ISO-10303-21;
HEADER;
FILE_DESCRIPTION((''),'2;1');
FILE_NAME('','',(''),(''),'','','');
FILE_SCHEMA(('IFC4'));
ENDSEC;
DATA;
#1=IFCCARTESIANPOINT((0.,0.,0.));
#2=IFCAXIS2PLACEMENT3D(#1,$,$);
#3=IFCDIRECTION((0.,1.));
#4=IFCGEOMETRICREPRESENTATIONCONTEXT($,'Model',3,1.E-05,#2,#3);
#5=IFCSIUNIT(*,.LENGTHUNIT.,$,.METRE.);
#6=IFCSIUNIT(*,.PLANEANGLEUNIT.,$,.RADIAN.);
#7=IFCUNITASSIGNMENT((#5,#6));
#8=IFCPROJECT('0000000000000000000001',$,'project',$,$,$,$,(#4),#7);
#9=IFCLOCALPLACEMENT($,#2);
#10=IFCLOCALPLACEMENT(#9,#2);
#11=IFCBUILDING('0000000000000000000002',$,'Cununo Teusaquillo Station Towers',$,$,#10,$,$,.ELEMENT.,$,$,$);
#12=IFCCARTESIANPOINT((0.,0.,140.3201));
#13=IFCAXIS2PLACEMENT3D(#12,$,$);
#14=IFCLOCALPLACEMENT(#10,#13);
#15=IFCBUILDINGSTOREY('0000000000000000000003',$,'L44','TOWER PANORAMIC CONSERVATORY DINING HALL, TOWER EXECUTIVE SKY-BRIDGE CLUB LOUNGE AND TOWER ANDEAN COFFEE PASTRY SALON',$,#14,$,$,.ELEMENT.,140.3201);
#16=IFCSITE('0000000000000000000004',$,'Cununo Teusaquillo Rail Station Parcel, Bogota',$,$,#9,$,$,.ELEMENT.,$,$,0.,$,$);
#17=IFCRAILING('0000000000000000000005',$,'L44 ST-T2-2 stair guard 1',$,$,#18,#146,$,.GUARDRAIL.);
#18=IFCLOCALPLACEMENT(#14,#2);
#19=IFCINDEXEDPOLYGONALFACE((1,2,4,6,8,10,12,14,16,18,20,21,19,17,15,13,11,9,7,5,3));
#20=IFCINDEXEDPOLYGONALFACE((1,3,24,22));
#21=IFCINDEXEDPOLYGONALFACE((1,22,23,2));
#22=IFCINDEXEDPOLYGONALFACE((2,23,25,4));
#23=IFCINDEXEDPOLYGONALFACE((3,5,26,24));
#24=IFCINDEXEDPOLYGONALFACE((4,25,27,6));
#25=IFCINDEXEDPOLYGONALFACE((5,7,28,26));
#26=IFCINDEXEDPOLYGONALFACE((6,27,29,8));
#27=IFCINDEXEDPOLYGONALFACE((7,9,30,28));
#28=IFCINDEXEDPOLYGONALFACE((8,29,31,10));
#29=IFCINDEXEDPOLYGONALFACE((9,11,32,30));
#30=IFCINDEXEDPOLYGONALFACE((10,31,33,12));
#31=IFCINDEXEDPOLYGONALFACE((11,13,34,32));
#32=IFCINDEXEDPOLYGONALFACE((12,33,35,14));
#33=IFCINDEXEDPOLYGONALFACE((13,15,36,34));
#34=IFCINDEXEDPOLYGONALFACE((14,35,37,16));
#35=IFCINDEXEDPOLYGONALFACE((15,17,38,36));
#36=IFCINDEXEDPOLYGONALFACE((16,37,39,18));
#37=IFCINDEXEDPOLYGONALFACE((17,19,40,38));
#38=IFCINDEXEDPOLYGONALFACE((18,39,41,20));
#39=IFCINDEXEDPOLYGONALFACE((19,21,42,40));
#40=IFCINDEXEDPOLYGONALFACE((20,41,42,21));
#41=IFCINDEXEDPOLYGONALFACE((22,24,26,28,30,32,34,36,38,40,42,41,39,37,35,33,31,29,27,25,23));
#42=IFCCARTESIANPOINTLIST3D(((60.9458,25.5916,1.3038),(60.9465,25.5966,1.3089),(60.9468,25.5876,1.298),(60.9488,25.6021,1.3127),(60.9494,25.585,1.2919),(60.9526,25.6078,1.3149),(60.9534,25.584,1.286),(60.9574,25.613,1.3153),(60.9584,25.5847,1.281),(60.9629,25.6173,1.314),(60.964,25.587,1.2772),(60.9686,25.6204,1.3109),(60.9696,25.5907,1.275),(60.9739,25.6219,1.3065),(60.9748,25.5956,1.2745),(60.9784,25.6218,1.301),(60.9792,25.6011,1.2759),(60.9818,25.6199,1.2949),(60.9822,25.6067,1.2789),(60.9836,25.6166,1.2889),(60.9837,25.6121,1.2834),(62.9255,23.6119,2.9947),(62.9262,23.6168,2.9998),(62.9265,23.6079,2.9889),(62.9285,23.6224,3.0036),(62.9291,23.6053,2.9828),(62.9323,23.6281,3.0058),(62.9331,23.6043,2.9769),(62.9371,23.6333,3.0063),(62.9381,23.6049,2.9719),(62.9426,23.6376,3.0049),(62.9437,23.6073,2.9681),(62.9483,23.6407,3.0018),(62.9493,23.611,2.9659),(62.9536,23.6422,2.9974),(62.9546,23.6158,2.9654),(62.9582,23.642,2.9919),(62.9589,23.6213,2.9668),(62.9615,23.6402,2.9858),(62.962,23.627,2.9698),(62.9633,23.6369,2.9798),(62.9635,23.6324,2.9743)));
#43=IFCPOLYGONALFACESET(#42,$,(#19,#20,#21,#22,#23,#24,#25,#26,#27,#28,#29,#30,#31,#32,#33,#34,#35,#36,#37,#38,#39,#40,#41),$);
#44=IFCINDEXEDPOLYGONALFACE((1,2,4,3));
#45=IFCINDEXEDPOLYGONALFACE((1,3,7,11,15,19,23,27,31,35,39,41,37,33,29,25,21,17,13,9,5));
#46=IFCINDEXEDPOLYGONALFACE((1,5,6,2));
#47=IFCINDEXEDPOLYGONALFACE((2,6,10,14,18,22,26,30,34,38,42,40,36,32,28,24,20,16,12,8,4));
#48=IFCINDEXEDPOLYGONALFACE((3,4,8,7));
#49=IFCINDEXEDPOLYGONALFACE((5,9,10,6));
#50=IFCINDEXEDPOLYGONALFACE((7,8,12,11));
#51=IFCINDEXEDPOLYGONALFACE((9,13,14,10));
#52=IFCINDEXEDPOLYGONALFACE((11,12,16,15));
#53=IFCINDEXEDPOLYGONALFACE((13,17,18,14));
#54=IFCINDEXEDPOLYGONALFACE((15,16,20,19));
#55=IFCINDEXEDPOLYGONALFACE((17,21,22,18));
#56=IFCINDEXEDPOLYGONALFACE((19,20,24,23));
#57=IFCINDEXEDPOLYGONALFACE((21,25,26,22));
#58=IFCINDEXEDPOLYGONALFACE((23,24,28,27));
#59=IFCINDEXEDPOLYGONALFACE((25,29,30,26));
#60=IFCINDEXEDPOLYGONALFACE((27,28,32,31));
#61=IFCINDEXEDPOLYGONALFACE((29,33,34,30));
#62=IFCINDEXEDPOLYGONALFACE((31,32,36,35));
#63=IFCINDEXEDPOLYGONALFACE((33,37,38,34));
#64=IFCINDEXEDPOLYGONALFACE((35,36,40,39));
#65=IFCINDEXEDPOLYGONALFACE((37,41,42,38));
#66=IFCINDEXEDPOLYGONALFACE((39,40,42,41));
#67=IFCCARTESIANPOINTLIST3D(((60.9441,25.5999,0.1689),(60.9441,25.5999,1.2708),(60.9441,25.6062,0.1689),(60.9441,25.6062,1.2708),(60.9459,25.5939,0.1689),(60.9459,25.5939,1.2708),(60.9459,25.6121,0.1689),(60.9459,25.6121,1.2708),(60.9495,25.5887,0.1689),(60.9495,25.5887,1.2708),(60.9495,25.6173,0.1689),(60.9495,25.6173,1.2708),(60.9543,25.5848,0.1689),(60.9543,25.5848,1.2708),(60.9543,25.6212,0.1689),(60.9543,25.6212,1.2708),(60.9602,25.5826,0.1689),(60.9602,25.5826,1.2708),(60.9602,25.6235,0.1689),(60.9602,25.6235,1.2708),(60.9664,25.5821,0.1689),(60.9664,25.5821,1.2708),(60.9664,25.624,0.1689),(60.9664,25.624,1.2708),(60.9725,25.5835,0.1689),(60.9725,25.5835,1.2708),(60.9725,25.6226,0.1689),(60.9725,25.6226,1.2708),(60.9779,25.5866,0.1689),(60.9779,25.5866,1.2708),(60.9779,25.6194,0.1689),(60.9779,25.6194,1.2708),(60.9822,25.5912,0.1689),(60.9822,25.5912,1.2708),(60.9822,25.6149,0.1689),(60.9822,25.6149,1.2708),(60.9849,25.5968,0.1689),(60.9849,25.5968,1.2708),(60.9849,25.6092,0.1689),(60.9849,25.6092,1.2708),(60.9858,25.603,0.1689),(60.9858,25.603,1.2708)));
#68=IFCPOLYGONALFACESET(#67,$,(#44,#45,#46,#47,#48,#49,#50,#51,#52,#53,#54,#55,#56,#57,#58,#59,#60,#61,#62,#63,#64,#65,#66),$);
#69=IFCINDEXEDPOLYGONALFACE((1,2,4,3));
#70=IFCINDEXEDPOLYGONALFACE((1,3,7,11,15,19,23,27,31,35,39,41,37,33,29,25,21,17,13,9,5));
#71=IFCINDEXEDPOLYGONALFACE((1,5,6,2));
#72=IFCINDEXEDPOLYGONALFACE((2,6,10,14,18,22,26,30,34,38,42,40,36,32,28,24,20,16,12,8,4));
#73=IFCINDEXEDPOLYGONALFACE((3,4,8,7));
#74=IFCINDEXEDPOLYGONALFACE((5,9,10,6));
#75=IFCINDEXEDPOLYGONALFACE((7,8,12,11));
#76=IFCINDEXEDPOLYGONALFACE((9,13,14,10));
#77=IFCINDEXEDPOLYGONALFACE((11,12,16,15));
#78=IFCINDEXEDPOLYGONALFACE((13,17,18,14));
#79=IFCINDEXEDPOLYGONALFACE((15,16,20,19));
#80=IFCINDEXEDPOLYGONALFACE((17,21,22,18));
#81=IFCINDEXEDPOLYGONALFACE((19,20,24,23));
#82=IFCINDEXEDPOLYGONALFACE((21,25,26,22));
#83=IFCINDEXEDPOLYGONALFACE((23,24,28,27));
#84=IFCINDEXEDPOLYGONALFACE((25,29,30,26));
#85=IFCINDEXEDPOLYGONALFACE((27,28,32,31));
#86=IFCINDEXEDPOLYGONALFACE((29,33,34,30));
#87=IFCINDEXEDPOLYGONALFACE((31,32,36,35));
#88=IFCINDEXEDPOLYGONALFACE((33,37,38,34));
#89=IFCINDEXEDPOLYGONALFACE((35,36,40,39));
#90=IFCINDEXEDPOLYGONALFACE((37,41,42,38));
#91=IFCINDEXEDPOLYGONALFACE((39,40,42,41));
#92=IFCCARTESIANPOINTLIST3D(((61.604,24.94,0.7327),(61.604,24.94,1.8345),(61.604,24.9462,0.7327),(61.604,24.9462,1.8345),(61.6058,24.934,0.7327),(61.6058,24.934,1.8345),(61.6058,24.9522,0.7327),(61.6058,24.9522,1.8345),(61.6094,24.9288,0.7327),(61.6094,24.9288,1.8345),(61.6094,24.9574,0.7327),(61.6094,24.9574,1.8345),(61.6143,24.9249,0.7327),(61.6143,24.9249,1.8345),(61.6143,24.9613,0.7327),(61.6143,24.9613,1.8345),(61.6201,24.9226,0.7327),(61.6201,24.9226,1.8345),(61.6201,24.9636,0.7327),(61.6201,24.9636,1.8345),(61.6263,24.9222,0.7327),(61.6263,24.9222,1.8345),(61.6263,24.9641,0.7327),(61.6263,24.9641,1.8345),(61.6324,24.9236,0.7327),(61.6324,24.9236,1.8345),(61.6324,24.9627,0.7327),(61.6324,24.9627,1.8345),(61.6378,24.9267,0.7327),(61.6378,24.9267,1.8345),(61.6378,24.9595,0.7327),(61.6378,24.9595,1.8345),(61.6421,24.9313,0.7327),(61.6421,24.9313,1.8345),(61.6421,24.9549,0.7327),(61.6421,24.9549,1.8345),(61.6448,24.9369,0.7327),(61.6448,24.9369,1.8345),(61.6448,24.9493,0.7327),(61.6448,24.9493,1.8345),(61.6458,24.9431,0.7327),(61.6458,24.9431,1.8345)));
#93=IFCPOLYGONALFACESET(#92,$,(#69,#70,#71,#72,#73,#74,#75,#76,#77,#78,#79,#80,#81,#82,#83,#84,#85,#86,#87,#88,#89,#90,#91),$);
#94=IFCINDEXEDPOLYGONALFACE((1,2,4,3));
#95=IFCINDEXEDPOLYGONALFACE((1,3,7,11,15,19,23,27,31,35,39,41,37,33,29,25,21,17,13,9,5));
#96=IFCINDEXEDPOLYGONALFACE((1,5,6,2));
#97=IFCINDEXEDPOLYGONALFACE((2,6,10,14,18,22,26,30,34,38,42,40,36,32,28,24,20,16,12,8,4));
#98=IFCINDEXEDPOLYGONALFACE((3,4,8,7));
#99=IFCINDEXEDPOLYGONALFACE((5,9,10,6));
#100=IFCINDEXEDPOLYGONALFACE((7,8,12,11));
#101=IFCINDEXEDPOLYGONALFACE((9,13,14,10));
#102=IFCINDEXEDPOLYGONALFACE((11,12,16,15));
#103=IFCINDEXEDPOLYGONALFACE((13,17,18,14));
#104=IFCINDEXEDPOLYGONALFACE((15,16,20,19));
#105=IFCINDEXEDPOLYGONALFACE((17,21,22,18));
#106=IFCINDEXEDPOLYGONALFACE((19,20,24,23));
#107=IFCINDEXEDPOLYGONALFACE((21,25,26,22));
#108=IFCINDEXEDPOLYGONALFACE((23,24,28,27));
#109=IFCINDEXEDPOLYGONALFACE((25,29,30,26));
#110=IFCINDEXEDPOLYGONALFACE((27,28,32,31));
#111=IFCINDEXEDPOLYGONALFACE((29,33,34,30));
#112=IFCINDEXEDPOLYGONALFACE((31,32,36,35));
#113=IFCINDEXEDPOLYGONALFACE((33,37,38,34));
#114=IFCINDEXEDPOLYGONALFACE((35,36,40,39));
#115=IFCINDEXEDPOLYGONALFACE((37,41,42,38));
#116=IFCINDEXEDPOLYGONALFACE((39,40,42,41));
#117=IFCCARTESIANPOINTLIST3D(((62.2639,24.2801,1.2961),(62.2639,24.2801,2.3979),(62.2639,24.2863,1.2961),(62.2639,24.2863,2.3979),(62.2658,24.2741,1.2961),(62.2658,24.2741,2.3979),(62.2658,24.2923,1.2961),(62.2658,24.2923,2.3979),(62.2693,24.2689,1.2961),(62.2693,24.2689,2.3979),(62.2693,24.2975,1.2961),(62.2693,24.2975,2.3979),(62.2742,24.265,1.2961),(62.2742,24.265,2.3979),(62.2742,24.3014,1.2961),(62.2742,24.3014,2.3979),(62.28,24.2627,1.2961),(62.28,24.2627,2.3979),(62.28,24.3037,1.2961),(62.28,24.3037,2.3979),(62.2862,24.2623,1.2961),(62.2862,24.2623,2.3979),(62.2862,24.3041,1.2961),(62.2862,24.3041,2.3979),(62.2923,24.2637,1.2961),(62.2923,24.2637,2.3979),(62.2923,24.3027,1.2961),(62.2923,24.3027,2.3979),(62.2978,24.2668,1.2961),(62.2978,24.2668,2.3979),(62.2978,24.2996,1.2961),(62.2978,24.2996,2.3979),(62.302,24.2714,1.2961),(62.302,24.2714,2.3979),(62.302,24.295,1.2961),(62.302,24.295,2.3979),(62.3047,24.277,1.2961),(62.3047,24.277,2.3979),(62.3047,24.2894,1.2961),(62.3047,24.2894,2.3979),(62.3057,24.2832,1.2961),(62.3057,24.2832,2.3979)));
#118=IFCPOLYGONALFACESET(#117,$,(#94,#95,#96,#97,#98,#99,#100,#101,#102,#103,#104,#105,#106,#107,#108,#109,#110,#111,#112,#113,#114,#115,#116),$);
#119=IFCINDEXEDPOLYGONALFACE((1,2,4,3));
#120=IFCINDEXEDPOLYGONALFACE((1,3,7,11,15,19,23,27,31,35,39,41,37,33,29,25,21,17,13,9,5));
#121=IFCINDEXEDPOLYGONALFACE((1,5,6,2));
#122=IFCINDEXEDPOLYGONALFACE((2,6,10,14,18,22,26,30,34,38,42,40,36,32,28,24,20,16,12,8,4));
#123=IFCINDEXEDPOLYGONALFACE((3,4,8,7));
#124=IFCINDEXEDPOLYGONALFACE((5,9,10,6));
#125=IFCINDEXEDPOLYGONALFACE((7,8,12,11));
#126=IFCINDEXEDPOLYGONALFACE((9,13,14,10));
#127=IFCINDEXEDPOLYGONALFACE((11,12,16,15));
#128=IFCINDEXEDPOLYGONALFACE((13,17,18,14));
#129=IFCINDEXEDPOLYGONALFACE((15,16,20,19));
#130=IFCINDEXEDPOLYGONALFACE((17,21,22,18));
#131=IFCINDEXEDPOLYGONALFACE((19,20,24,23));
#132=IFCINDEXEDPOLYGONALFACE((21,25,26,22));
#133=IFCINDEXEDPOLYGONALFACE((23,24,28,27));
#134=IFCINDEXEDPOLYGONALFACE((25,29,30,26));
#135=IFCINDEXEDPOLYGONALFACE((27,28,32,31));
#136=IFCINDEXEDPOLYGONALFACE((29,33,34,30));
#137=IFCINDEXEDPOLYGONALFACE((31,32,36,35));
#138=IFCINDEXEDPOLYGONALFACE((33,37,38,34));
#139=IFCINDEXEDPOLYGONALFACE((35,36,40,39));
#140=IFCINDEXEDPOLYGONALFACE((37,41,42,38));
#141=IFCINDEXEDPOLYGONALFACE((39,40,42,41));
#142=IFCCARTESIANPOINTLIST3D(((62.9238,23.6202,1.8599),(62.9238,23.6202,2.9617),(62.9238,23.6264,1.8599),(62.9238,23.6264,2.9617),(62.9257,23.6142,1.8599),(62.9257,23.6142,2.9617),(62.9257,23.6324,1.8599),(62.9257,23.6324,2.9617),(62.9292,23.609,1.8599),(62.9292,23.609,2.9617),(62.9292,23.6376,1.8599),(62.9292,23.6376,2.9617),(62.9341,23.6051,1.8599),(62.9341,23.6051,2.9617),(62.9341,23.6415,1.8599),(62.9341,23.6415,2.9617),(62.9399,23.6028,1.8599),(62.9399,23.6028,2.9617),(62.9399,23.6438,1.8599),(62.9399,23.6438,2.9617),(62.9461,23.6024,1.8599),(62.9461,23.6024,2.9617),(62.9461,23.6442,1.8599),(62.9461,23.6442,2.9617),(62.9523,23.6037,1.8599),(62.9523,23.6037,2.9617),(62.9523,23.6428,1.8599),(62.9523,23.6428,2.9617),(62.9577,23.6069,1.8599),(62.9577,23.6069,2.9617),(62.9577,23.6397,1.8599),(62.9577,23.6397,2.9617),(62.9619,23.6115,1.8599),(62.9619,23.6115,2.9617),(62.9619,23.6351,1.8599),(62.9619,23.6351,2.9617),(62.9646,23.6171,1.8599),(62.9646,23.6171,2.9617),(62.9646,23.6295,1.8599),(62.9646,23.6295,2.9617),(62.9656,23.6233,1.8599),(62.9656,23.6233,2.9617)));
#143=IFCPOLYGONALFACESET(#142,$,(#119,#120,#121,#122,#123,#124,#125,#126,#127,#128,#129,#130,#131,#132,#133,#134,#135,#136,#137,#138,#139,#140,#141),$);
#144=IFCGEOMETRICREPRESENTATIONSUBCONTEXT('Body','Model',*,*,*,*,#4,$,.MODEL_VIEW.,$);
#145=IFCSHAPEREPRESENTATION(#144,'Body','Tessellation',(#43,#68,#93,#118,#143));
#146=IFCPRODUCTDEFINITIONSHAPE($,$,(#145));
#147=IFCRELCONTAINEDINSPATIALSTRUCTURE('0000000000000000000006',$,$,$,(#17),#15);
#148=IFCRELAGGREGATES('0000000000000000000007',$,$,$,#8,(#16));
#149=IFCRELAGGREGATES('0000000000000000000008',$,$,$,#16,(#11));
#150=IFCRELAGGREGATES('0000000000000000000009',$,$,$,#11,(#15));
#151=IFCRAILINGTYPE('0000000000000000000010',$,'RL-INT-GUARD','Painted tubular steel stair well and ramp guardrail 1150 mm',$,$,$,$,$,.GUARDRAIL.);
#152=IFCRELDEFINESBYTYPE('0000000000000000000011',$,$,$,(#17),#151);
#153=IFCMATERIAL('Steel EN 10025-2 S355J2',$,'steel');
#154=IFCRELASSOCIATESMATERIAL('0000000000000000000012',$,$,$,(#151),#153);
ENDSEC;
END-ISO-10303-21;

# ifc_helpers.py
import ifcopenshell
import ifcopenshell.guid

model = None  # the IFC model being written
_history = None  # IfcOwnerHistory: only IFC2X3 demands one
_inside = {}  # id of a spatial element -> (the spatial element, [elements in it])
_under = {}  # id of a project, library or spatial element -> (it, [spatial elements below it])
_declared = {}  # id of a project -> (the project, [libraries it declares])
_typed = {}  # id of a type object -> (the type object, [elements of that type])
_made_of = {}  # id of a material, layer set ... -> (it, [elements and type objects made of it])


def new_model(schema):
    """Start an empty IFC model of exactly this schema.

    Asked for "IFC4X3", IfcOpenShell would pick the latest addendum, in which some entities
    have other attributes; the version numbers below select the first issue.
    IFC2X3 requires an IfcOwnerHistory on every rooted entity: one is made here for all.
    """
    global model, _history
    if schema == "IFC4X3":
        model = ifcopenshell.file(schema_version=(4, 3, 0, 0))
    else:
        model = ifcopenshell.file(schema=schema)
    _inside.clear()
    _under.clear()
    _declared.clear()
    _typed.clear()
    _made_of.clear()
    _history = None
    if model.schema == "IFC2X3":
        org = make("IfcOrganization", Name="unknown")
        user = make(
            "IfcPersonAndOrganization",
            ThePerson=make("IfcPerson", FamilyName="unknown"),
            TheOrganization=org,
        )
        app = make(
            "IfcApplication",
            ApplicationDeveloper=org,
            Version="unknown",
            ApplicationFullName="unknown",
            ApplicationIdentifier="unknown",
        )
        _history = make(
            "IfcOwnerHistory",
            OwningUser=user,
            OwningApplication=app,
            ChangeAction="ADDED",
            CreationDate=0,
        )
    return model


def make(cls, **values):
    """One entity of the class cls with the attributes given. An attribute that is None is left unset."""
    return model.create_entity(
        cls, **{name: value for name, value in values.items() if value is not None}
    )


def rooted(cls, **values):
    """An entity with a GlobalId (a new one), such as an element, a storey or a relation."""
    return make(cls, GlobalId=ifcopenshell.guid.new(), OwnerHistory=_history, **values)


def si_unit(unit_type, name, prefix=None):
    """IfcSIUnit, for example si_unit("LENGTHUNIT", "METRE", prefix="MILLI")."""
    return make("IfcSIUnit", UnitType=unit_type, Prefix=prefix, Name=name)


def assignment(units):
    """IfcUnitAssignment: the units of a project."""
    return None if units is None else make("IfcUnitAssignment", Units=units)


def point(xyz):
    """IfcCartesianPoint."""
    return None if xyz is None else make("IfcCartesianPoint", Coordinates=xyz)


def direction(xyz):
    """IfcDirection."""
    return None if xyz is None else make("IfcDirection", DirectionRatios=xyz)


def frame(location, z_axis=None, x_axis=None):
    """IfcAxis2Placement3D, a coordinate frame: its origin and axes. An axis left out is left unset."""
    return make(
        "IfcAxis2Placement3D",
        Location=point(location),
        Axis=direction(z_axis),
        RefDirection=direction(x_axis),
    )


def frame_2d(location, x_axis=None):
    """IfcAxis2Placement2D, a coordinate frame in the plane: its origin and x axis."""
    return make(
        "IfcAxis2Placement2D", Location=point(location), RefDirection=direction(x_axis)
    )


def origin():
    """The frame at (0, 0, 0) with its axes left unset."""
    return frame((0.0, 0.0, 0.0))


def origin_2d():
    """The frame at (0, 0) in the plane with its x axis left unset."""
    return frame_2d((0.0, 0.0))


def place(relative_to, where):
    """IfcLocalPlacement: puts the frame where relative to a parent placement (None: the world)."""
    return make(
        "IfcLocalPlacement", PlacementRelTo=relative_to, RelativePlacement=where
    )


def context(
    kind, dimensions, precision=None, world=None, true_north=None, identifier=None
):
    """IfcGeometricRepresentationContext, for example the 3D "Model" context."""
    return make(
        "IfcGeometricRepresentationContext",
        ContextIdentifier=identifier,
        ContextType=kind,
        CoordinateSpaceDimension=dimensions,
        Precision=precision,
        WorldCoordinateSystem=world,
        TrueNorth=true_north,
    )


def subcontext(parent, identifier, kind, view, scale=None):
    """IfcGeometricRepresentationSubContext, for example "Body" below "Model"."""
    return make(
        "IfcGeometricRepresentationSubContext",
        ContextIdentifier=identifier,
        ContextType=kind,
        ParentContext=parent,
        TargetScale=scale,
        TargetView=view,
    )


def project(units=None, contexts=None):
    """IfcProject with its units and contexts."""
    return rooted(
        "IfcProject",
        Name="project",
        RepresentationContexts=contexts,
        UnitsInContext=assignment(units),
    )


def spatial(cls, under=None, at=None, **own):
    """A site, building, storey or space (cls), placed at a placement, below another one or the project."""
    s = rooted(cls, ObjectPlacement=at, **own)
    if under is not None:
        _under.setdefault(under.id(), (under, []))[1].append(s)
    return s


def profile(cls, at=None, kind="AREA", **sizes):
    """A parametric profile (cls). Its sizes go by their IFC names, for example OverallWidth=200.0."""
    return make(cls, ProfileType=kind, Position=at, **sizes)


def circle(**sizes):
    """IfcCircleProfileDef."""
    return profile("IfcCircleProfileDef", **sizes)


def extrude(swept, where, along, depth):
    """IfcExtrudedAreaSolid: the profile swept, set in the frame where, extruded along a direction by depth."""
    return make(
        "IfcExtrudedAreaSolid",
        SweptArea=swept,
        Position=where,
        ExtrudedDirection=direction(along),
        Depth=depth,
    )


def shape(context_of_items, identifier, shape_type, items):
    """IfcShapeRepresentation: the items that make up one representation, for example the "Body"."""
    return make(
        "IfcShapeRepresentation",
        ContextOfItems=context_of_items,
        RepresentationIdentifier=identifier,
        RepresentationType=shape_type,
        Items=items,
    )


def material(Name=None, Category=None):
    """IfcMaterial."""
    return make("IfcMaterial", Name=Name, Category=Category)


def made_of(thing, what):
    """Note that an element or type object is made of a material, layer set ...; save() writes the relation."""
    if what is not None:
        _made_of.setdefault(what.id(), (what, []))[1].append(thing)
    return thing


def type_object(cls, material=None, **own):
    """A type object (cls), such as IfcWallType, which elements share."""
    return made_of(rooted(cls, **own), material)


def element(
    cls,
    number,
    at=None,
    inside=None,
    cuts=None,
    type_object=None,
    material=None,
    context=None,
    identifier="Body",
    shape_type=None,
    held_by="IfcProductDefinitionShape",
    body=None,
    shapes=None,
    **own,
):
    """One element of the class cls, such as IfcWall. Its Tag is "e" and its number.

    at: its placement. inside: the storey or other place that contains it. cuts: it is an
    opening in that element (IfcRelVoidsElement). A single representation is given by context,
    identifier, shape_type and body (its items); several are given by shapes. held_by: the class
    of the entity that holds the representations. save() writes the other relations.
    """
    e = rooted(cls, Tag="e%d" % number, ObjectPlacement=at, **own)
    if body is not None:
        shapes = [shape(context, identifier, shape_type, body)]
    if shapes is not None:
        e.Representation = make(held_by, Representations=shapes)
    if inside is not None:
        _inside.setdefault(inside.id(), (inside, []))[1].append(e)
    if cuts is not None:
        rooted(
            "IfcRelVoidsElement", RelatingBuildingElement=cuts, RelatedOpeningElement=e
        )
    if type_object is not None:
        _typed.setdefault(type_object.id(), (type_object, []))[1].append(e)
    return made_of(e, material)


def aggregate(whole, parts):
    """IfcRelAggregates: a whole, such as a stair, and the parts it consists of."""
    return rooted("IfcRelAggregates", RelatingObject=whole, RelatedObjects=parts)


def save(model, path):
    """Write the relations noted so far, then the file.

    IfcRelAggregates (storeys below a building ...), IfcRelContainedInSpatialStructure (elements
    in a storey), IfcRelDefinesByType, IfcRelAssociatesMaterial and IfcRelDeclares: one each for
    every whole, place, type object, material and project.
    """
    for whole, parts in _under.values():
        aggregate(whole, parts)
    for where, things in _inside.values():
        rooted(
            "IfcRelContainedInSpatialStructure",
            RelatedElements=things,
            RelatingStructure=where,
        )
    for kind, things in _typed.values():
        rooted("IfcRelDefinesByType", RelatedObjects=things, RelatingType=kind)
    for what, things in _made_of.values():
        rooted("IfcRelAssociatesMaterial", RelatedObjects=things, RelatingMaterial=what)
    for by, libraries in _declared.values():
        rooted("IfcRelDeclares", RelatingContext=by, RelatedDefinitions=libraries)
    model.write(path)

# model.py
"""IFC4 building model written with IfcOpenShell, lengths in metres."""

from ifc_helpers import new_model, si_unit, direction, frame, origin, origin_2d, place, context, subcontext, project, spatial, circle, extrude, material, type_object, element, save


model = new_model("IFC4")

# Units and contexts
model_context = context("Model", 3, precision=1e-05, world=origin(), true_north=direction((0.0, 1.0)))
body_context = subcontext(model_context, "Body", "Model", "MODEL_VIEW")
ifc_project = project(units=[si_unit("LENGTHUNIT", "METRE"), si_unit("PLANEANGLEUNIT", "RADIAN")], contexts=[model_context])

# Site, building, storey
site_placement = place(None, origin())
site = spatial("IfcSite", under=ifc_project, at=site_placement, Name="Cununo Teusaquillo Rail Station Parcel, Bogota", CompositionType="ELEMENT", RefElevation=0.0)
building_placement = place(site_placement, origin())
building = spatial("IfcBuilding", under=site, at=building_placement, Name="Cununo Teusaquillo Station Towers", CompositionType="ELEMENT")
storey_placement = place(building_placement, frame((0.0, 0.0, 140.3201)))
storey = spatial("IfcBuildingStorey", under=building, at=storey_placement, Name="L44", Description="TOWER PANORAMIC CONSERVATORY DINING HALL, TOWER EXECUTIVE SKY-BRIDGE CLUB LOUNGE AND TOWER ANDEAN COFFEE PASTRY SALON", CompositionType="ELEMENT", Elevation=140.3201)

# Railing
ifc_material_1 = material(Name="Steel EN 10025-2 S355J2", Category="steel")
railing_type_1 = type_object("IfcRailingType", Name="RL-INT-GUARD", Description="Painted tubular steel stair well and ramp guardrail 1150 mm", PredefinedType="GUARDRAIL", material=ifc_material_1)
railing_1_placement = place(storey_placement, frame((60.9648, 25.603, 0.1689)))
element("IfcRailing", 1, at=railing_1_placement, inside=storey, type_object=railing_type_1, Name="L44 ST-T2-2 stair guard 1", PredefinedType="GUARDRAIL", context=body_context, shape_type="SweptSolid", body=[
    extrude(circle(Radius=0.0239, at=origin_2d()), frame((0.0, 0.0, 1.126), z_axis=(0.605282, -0.605282, 0.516979), x_axis=(0.707107, 0.707107, 0.0)), (0.0, 0.0, 1.0), 3.2708),
    extrude(circle(Radius=0.021, at=origin_2d()), origin(), (0.0, 0.0, 1.0), 1.1018),
    extrude(circle(Radius=0.021, at=origin_2d()), frame((0.6599, -0.6599, 0.5637)), (0.0, 0.0, 1.0), 1.1018),
    extrude(circle(Radius=0.021, at=origin_2d()), frame((1.3198, -1.3198, 1.1272)), (0.0, 0.0, 1.0), 1.1018),
    extrude(circle(Radius=0.021, at=origin_2d()), frame((1.9797, -1.9797, 1.6909)), (0.0, 0.0, 1.0), 1.1018),
])

save(model, "model.ifc")
